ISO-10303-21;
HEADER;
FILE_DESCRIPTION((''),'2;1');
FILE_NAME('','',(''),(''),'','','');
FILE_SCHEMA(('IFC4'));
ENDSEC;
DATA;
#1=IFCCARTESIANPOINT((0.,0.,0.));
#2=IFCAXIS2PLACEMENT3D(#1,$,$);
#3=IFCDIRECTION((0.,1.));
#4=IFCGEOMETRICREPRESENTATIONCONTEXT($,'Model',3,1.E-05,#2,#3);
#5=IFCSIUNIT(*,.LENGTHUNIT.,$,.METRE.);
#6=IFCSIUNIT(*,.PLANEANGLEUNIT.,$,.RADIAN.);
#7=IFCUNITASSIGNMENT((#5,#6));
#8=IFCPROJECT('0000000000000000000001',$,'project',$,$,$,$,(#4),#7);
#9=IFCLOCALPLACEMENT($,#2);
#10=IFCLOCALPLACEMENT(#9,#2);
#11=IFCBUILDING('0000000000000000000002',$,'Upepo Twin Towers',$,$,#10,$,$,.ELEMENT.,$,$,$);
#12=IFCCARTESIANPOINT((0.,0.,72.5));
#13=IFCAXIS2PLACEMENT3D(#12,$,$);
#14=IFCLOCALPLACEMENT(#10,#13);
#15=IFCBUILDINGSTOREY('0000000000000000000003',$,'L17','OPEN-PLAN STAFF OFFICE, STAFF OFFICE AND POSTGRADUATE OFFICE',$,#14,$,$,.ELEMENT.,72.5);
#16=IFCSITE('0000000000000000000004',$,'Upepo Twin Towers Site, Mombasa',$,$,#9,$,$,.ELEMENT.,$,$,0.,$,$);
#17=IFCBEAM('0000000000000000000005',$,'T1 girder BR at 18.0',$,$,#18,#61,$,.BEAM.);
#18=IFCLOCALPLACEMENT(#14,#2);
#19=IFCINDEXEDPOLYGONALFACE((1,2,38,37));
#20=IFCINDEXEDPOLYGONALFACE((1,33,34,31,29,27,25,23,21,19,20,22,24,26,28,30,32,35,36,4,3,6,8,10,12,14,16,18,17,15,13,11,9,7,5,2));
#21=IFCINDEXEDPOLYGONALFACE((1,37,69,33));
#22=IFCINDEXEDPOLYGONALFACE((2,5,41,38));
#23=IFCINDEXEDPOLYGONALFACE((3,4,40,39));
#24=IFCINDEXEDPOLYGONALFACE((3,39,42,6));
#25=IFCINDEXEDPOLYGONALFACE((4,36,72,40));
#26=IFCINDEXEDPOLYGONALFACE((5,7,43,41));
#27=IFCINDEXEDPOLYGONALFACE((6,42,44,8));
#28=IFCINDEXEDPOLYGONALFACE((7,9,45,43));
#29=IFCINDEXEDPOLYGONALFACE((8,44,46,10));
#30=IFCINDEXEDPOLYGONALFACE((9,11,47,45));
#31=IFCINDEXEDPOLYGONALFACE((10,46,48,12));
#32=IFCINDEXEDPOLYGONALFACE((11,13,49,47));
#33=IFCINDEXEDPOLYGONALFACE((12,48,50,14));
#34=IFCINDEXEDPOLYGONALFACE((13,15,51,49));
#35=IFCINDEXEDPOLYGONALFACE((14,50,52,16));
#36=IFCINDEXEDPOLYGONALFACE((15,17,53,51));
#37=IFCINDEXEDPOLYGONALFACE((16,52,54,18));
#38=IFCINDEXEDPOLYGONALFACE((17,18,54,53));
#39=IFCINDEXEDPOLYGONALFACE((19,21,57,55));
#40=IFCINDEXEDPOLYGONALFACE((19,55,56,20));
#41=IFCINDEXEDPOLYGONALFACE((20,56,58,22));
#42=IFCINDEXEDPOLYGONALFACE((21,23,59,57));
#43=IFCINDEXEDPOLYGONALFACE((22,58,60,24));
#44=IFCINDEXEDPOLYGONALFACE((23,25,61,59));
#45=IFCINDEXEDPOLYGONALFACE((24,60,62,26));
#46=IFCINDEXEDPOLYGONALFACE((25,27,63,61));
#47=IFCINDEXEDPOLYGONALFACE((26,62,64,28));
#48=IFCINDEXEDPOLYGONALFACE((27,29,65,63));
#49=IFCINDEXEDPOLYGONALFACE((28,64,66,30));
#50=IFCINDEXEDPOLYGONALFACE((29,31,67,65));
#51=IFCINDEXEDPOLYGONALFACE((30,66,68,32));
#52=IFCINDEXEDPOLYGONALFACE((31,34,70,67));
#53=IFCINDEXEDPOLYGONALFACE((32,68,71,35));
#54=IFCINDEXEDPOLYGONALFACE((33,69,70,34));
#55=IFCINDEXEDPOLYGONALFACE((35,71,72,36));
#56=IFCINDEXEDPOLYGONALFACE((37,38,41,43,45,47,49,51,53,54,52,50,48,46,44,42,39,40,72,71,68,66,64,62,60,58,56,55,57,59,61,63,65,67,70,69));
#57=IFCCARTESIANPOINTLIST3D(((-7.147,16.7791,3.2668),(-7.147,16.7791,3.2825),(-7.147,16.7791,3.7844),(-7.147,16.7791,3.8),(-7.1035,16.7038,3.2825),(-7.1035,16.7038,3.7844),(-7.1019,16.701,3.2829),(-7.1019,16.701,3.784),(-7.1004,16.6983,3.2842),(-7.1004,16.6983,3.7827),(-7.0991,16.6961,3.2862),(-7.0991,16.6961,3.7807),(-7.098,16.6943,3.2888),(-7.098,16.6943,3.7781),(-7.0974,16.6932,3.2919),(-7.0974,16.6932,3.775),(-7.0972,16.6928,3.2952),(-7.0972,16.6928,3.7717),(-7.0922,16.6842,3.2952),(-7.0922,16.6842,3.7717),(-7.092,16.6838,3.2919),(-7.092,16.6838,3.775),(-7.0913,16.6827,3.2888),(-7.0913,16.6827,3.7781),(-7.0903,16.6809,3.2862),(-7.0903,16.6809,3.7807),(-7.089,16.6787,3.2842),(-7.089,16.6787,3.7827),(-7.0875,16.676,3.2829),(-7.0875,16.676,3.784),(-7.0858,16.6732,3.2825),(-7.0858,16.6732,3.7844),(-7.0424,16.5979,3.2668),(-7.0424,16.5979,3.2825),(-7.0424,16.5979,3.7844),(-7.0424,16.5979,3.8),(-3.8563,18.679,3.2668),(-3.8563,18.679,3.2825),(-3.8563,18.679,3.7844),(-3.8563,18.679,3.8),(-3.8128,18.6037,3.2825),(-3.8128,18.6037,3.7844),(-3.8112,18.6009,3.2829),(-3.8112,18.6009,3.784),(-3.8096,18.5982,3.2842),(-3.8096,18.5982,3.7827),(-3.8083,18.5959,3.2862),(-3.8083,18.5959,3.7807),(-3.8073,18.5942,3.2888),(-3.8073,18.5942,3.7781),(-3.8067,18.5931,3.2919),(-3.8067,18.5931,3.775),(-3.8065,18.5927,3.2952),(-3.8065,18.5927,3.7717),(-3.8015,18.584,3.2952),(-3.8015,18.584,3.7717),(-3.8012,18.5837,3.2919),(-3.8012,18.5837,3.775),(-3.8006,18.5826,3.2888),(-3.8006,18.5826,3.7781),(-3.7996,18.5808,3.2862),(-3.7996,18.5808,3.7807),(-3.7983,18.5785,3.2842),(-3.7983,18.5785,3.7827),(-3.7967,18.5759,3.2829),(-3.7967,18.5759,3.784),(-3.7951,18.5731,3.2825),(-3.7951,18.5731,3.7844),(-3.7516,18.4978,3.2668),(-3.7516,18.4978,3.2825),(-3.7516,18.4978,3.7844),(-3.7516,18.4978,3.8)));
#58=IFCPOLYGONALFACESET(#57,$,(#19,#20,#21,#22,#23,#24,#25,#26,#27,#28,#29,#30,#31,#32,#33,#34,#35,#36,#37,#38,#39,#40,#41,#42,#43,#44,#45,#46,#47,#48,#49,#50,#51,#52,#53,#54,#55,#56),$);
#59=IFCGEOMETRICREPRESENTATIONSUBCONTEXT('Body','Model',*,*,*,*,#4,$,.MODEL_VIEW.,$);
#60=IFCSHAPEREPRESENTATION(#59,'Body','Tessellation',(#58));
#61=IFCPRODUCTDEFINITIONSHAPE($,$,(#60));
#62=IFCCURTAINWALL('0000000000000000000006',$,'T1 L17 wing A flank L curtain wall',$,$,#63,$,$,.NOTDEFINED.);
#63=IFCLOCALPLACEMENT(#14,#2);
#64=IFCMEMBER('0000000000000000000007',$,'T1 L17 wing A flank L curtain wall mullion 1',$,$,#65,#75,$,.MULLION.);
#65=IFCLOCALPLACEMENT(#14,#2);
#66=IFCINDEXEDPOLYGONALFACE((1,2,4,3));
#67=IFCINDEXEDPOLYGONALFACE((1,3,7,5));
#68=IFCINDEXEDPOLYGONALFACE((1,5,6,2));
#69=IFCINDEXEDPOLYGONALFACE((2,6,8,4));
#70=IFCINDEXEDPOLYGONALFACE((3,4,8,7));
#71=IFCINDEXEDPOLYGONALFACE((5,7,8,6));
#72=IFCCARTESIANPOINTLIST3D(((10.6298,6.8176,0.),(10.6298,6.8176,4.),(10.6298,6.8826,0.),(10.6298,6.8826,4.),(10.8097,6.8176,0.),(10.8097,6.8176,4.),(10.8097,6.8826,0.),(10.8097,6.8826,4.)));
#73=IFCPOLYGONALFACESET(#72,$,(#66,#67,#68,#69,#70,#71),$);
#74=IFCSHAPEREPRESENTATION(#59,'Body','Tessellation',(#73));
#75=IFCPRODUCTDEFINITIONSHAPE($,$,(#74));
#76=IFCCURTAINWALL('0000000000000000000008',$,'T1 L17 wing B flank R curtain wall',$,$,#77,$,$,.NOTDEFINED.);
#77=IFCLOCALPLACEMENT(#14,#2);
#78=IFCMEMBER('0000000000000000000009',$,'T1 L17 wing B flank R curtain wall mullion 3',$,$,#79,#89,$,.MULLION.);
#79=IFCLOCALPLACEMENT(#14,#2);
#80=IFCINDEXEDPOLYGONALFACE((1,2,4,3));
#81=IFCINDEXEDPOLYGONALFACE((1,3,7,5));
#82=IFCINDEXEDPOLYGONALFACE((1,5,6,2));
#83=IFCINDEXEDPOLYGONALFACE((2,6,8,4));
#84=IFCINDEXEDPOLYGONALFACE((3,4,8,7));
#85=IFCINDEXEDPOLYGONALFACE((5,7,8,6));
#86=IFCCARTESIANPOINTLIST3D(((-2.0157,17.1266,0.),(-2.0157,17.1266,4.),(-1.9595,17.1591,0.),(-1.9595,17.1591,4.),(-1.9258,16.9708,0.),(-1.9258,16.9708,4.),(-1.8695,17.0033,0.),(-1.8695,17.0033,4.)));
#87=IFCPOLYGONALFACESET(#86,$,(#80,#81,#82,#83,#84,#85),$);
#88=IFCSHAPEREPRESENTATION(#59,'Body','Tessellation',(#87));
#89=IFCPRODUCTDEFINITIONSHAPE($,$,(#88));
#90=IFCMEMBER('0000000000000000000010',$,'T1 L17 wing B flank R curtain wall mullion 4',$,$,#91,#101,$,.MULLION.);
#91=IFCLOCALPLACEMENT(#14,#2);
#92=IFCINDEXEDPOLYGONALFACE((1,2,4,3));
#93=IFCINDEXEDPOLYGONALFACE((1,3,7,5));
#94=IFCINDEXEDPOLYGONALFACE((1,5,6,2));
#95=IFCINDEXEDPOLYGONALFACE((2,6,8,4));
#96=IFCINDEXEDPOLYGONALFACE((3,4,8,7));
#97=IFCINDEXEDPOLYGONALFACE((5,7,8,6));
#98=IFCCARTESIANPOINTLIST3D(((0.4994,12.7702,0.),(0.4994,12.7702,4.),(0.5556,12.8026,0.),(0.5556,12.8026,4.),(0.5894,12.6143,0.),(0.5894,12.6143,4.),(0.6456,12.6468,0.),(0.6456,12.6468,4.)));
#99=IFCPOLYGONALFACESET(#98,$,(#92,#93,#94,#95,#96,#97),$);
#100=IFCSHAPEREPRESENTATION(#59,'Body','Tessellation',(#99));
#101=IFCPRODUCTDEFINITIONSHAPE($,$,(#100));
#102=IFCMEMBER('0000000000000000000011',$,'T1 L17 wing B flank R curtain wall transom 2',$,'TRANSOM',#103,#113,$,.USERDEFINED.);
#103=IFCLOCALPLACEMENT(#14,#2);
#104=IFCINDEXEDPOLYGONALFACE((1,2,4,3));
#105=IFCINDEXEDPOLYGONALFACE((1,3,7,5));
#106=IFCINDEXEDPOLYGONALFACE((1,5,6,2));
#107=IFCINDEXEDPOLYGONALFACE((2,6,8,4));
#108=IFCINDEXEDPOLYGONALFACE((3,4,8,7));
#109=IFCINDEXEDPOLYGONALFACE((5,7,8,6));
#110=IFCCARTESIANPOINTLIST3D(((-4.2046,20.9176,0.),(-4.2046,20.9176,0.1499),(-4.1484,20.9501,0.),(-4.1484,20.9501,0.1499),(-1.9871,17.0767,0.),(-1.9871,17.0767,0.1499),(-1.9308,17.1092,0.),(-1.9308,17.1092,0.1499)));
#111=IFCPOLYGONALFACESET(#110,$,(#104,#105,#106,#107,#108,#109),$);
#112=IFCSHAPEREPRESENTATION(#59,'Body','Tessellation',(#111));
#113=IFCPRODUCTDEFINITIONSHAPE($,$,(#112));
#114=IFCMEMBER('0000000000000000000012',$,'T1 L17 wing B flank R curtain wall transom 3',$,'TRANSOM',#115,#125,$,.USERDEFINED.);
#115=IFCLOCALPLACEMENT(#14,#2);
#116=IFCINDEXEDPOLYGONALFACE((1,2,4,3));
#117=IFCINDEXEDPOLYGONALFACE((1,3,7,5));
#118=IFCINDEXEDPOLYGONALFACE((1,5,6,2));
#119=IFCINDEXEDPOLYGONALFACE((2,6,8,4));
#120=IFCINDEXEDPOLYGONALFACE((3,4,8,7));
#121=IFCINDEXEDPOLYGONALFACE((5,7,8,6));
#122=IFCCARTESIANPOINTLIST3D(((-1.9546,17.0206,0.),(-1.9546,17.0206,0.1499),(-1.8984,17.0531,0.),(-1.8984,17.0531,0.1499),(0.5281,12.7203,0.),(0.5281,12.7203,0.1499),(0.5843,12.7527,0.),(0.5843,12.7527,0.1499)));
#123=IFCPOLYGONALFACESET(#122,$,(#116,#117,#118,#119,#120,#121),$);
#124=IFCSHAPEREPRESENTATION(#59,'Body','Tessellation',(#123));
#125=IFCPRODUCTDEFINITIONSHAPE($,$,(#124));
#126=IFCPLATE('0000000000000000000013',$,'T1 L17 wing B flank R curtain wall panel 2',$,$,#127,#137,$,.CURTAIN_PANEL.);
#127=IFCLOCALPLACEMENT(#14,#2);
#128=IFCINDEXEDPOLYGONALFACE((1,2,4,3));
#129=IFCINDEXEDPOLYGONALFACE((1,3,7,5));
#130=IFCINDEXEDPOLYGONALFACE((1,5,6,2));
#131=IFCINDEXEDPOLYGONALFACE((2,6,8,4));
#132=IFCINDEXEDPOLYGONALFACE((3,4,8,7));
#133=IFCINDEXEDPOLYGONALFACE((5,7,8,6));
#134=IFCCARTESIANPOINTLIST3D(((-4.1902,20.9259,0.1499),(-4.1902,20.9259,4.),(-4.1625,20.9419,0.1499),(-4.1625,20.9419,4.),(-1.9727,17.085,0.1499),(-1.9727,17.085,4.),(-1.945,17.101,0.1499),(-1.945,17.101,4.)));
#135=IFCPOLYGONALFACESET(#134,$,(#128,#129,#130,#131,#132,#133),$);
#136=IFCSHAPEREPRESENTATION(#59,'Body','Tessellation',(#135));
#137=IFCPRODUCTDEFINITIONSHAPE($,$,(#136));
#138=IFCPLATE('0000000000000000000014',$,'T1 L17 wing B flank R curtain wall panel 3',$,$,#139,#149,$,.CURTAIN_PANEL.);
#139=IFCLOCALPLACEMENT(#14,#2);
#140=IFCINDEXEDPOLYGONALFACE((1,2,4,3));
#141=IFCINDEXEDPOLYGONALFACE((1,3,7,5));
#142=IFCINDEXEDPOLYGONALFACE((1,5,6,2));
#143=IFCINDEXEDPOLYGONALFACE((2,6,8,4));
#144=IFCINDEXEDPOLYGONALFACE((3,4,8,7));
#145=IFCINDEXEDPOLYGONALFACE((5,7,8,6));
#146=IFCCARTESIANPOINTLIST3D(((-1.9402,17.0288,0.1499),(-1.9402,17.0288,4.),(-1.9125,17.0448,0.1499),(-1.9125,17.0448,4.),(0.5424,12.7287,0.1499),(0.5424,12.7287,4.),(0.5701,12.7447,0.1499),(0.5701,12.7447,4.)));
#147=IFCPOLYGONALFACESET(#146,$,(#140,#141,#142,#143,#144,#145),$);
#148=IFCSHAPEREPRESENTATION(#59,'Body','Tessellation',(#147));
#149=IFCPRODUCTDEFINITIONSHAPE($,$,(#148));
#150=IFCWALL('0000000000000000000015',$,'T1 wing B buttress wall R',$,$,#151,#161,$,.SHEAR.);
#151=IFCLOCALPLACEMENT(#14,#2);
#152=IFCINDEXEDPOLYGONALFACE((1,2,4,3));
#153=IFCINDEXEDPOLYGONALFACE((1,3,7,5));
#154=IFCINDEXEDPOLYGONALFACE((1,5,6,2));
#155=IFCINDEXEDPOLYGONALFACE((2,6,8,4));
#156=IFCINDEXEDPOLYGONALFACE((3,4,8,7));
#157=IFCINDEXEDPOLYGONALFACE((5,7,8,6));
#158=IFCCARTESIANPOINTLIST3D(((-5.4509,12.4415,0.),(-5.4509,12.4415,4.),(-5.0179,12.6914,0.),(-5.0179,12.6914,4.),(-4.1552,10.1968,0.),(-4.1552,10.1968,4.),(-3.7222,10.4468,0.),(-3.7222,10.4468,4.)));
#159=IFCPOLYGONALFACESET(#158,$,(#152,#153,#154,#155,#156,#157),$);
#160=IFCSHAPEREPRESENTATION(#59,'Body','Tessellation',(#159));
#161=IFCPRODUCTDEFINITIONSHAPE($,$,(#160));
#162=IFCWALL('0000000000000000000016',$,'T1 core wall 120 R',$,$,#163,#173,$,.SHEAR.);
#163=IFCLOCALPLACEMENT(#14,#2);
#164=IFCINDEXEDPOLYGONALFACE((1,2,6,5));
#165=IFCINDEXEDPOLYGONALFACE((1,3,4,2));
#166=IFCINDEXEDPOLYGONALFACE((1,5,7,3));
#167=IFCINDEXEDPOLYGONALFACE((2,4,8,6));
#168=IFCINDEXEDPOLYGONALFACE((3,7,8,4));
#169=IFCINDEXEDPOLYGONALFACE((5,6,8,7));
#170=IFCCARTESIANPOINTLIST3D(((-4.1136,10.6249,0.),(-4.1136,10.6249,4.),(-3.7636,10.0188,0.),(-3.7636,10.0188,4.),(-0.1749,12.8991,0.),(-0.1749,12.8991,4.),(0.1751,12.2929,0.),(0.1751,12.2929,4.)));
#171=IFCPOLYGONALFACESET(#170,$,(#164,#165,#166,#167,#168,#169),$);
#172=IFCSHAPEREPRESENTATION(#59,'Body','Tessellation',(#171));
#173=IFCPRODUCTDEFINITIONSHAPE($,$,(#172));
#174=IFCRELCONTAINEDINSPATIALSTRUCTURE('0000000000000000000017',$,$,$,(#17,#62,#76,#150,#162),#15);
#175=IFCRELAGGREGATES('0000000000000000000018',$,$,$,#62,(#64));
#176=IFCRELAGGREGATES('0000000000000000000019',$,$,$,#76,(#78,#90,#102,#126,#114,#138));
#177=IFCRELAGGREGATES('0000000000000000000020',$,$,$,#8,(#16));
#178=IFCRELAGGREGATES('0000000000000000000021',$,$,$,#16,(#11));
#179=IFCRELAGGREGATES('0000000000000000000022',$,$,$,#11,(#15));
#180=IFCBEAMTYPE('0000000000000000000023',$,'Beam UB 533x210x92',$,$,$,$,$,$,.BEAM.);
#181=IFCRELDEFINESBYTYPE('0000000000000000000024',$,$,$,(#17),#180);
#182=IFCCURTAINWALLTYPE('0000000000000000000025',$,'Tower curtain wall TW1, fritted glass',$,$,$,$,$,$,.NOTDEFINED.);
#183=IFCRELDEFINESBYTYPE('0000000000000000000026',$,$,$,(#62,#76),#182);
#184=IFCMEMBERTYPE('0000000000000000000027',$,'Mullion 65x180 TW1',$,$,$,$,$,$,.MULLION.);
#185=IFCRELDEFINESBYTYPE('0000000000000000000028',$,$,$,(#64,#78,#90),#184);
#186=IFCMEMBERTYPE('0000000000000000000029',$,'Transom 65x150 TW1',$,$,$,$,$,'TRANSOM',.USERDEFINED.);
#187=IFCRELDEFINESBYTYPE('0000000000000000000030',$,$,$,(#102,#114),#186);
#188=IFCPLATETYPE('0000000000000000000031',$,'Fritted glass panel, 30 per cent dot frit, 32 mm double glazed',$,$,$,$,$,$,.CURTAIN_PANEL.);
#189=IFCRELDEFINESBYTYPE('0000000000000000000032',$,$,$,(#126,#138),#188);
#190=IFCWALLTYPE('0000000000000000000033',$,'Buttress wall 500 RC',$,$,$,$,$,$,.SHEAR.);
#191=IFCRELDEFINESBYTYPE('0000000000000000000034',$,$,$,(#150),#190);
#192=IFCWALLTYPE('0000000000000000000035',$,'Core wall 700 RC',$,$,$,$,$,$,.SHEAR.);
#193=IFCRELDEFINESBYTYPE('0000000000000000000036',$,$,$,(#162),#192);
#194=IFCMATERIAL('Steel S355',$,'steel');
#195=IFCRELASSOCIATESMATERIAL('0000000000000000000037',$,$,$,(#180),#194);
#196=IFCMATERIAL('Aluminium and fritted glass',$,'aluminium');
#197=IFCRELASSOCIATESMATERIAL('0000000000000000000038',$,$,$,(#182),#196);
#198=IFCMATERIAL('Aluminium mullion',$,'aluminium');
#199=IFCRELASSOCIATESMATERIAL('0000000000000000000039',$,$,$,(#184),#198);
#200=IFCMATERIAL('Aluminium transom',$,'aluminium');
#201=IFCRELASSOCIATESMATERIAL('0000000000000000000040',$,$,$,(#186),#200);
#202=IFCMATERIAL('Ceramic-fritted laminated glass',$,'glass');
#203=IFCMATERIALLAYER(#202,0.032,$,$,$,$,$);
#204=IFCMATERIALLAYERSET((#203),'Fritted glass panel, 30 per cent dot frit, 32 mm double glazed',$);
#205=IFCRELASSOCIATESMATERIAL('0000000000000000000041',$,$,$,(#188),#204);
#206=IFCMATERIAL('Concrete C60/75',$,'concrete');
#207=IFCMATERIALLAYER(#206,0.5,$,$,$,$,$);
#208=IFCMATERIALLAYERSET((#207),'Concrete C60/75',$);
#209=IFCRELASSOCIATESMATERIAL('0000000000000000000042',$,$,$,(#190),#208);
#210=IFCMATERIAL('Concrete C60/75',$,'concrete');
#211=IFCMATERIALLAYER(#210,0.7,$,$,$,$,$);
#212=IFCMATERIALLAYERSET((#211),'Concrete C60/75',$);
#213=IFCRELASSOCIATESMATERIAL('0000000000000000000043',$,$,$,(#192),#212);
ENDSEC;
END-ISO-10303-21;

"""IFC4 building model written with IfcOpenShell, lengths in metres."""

from ifc_helpers import new_model, si_unit, direction, frame, frame_2d, origin, origin_2d, place, context, subcontext, project, spatial, rectangle, i_section, extrude, material, layer, layer_set, material_profile, profile_set, type_object, element, aggregate, save


model = new_model("IFC4")

# Units and contexts
model_context = context("Model", 3, precision=1e-05, world=origin(), true_north=direction((0.0, 1.0)))
body_context = subcontext(model_context, "Body", "Model", "MODEL_VIEW")
ifc_project = project(units=[si_unit("LENGTHUNIT", "METRE"), si_unit("PLANEANGLEUNIT", "RADIAN")], contexts=[model_context])

# Site, building, storey
site_placement = place(None, origin())
site = spatial("IfcSite", under=ifc_project, at=site_placement, Name="Upepo Twin Towers Site, Mombasa", CompositionType="ELEMENT", RefElevation=0.0)
building_placement = place(site_placement, origin())
building = spatial("IfcBuilding", under=site, at=building_placement, Name="Upepo Twin Towers", CompositionType="ELEMENT")
storey_placement = place(building_placement, frame((0.0, 0.0, 72.5)))
storey = spatial("IfcBuildingStorey", under=building, at=storey_placement, Name="L17", Description="OPEN-PLAN STAFF OFFICE, STAFF OFFICE AND POSTGRADUATE OFFICE", CompositionType="ELEMENT", Elevation=72.5)

# Beam
ifc_material_1 = material(Name="Steel S355", Category="steel")
ifc_material_profile_1 = material_profile(ifc_material_1, i_section(OverallWidth=0.2092, OverallDepth=0.5332, WebThickness=0.01, FlangeThickness=0.0156, FilletRadius=0.0127, at=origin_2d()), Name="UB 533x210x92")
ifc_profile_set_1 = profile_set([ifc_material_profile_1], Name="Steel S355")
beam_type_1 = type_object("IfcBeamType", Name="Beam UB 533x210x92", PredefinedType="BEAM", material=ifc_profile_set_1)
beam_1_placement = place(storey_placement, frame((-3.804, 18.5884, 3.5334), z_axis=(-0.866028, -0.499995, 0.0), x_axis=(0.499995, -0.866028, 0.0)))
element("IfcBeam", 1, at=beam_1_placement, inside=storey, type_object=beam_type_1, Name="T1 girder BR at 18.0", PredefinedType="BEAM", context=body_context, shape_type="SweptSolid", body=[
    extrude(i_section(OverallWidth=0.2092, OverallDepth=0.5332, WebThickness=0.01, FlangeThickness=0.0156, FilletRadius=0.0127, at=origin_2d()), origin(), (0.0, 0.0, 1.0), 3.7998),
])

# Curtain wall, member
ifc_material_2 = material(Name="Aluminium and fritted glass", Category="aluminium")
curtain_wall_type = type_object("IfcCurtainWallType", Name="Tower curtain wall TW1, fritted glass", PredefinedType="NOTDEFINED", material=ifc_material_2)
curtain_wall_1_placement = place(storey_placement, origin())
curtain_wall_1 = element("IfcCurtainWall", 2, at=curtain_wall_1_placement, inside=storey, type_object=curtain_wall_type, Name="T1 L17 wing A flank L curtain wall", PredefinedType="NOTDEFINED")
ifc_material_3 = material(Name="Aluminium mullion", Category="aluminium")
ifc_material_profile_2 = material_profile(ifc_material_3, rectangle(XDim=0.0649, YDim=0.1799, at=origin_2d()), Name="MULLION 65x180")
ifc_profile_set_2 = profile_set([ifc_material_profile_2], Name="Aluminium mullion")
member_type_1 = type_object("IfcMemberType", Name="Mullion 65x180 TW1", PredefinedType="MULLION", material=ifc_profile_set_2)
member_1_placement = place(storey_placement, frame((10.7197, 6.8501, 0.0), z_axis=(0.0, 0.0, 1.0), x_axis=(0.0, 1.0, 0.0)))
member_1 = element("IfcMember", 3, at=member_1_placement, type_object=member_type_1, Name="T1 L17 wing A flank L curtain wall mullion 1", PredefinedType="MULLION", context=body_context, shape_type="SweptSolid", body=[
    extrude(rectangle(XDim=0.0649, YDim=0.1799, at=origin_2d()), origin(), (0.0, 0.0, 1.0), 4.0),
])
aggregate(curtain_wall_1, [member_1])

# Curtain wall, members, plates
curtain_wall_2_placement = place(storey_placement, origin())
curtain_wall_2 = element("IfcCurtainWall", 4, at=curtain_wall_2_placement, inside=storey, type_object=curtain_wall_type, Name="T1 L17 wing B flank R curtain wall", PredefinedType="NOTDEFINED")
member_2_placement = place(storey_placement, frame((-1.9426, 17.0649, 0.0), z_axis=(0.0, 0.0, 1.0), x_axis=(0.866025, 0.5, 0.0)))
member_2 = element("IfcMember", 5, at=member_2_placement, type_object=member_type_1, Name="T1 L17 wing B flank R curtain wall mullion 3", PredefinedType="MULLION", context=body_context, shape_type="SweptSolid", body=[
    extrude(rectangle(XDim=0.0649, YDim=0.1799, at=origin_2d()), origin(), (0.0, 0.0, 1.0), 4.0),
])
member_3_placement = place(storey_placement, frame((0.5725, 12.7085, 0.0), z_axis=(0.0, 0.0, 1.0), x_axis=(0.866025, 0.5, 0.0)))
member_3 = element("IfcMember", 6, at=member_3_placement, type_object=member_type_1, Name="T1 L17 wing B flank R curtain wall mullion 4", PredefinedType="MULLION", context=body_context, shape_type="SweptSolid", body=[
    extrude(rectangle(XDim=0.0649, YDim=0.1799, at=origin_2d()), origin(), (0.0, 0.0, 1.0), 4.0),
])
ifc_material_4 = material(Name="Aluminium transom", Category="aluminium")
ifc_material_profile_3 = material_profile(ifc_material_4, rectangle(XDim=0.0649, YDim=0.1499, at=origin_2d()), Name="TRANSOM 65x150")
ifc_profile_set_3 = profile_set([ifc_material_profile_3], Name="Aluminium transom")
member_type_2 = type_object("IfcMemberType", Name="Transom 65x150 TW1", ElementType="TRANSOM", PredefinedType="USERDEFINED", material=ifc_profile_set_3)
member_4_placement = place(storey_placement, frame((-4.1765, 20.9338, 0.075), z_axis=(0.500005, -0.866022, 0.0), x_axis=(0.866022, 0.500005, 0.0)))
member_4 = element("IfcMember", 7, at=member_4_placement, type_object=member_type_2, Name="T1 L17 wing B flank R curtain wall transom 2", ObjectType="TRANSOM", PredefinedType="USERDEFINED", context=body_context, shape_type="SweptSolid", body=[
    extrude(rectangle(XDim=0.0649, YDim=0.1499, at=origin_2d()), origin(), (0.0, 0.0, 1.0), 4.4351),
])
member_5_placement = place(storey_placement, frame((-1.9265, 17.0369, 0.075), z_axis=(0.499983, -0.866035, 0.0), x_axis=(0.866035, 0.499983, 0.0)))
member_5 = element("IfcMember", 8, at=member_5_placement, type_object=member_type_2, Name="T1 L17 wing B flank R curtain wall transom 3", ObjectType="TRANSOM", PredefinedType="USERDEFINED", context=body_context, shape_type="SweptSolid", body=[
    extrude(rectangle(XDim=0.0649, YDim=0.1499, at=origin_2d()), origin(), (0.0, 0.0, 1.0), 4.9656),
])
ifc_material_5 = material(Name="Ceramic-fritted laminated glass", Category="glass")
ifc_layer_1 = layer(ifc_material_5, 0.032)
ifc_layer_set_1 = layer_set([ifc_layer_1], Name="Fritted glass panel, 30 per cent dot frit, 32 mm double glazed")
plate_type = type_object("IfcPlateType", Name="Fritted glass panel, 30 per cent dot frit, 32 mm double glazed", PredefinedType="CURTAIN_PANEL", material=ifc_layer_set_1)
plate_1_placement = place(storey_placement, frame((-3.0676, 19.0134, 0.1499), z_axis=(0.0, 0.0, 1.0), x_axis=(0.5, -0.866025, 0.0)))
plate_1 = element("IfcPlate", 9, at=plate_1_placement, type_object=plate_type, Name="T1 L17 wing B flank R curtain wall panel 2", PredefinedType="CURTAIN_PANEL", context=body_context, shape_type="SweptSolid", body=[
    extrude(rectangle(XDim=4.4351, YDim=0.032, at=origin_2d()), origin(), (0.0, 0.0, 1.0), 3.8501),
])
plate_2_placement = place(storey_placement, frame((-0.6851, 14.8867, 0.1499), z_axis=(0.0, 0.0, 1.0), x_axis=(0.5, -0.866025, 0.0)))
plate_2 = element("IfcPlate", 10, at=plate_2_placement, type_object=plate_type, Name="T1 L17 wing B flank R curtain wall panel 3", PredefinedType="CURTAIN_PANEL", context=body_context, shape_type="SweptSolid", body=[
    extrude(rectangle(XDim=4.9653, YDim=0.032, at=origin_2d()), origin(), (0.0, 0.0, 1.0), 3.8501),
])
aggregate(curtain_wall_2, [member_2, member_3, member_4, plate_1, member_5, plate_2])

# Walls
ifc_material_6 = material(Name="Concrete C60/75", Category="concrete")
ifc_layer_2 = layer(ifc_material_6, 0.5)
ifc_layer_set_2 = layer_set([ifc_layer_2], Name="Concrete C60/75")
wall_type_1 = type_object("IfcWallType", Name="Buttress wall 500 RC", PredefinedType="SHEAR", material=ifc_layer_set_2)
wall_1_placement = place(storey_placement, frame((-3.9387, 10.3218, 0.0), z_axis=(0.0, 0.0, 1.0), x_axis=(-0.499918, 0.866073, 0.0)))
element("IfcWall", 11, at=wall_1_placement, inside=storey, type_object=wall_type_1, Name="T1 wing B buttress wall R", PredefinedType="SHEAR", context=body_context, shape_type="SweptSolid", body=[
    extrude(rectangle(XDim=2.5918, YDim=0.5, at=frame_2d((1.2959, 0.0))), origin(), (0.0, 0.0, 1.0), 4.0),
])
ifc_material_7 = material(Name="Concrete C60/75", Category="concrete")
ifc_layer_3 = layer(ifc_material_7, 0.7)
ifc_layer_set_3 = layer_set([ifc_layer_3], Name="Concrete C60/75")
wall_type_2 = type_object("IfcWallType", Name="Core wall 700 RC", PredefinedType="SHEAR", material=ifc_layer_set_3)
wall_2_placement = place(storey_placement, frame((0.0, 12.5959, 0.0), z_axis=(0.0, 0.0, 1.0), x_axis=(-0.866011, -0.500024, 0.0)))
element("IfcWall", 12, at=wall_2_placement, inside=storey, type_object=wall_type_2, Name="T1 core wall 120 R", PredefinedType="SHEAR", context=body_context, shape_type="SweptSolid", body=[
    extrude(rectangle(XDim=4.5481, YDim=0.7, at=frame_2d((2.2739, 0.0))), origin(), (0.0, 0.0, 1.0), 4.0),
])

save(model, "model.ifc")
